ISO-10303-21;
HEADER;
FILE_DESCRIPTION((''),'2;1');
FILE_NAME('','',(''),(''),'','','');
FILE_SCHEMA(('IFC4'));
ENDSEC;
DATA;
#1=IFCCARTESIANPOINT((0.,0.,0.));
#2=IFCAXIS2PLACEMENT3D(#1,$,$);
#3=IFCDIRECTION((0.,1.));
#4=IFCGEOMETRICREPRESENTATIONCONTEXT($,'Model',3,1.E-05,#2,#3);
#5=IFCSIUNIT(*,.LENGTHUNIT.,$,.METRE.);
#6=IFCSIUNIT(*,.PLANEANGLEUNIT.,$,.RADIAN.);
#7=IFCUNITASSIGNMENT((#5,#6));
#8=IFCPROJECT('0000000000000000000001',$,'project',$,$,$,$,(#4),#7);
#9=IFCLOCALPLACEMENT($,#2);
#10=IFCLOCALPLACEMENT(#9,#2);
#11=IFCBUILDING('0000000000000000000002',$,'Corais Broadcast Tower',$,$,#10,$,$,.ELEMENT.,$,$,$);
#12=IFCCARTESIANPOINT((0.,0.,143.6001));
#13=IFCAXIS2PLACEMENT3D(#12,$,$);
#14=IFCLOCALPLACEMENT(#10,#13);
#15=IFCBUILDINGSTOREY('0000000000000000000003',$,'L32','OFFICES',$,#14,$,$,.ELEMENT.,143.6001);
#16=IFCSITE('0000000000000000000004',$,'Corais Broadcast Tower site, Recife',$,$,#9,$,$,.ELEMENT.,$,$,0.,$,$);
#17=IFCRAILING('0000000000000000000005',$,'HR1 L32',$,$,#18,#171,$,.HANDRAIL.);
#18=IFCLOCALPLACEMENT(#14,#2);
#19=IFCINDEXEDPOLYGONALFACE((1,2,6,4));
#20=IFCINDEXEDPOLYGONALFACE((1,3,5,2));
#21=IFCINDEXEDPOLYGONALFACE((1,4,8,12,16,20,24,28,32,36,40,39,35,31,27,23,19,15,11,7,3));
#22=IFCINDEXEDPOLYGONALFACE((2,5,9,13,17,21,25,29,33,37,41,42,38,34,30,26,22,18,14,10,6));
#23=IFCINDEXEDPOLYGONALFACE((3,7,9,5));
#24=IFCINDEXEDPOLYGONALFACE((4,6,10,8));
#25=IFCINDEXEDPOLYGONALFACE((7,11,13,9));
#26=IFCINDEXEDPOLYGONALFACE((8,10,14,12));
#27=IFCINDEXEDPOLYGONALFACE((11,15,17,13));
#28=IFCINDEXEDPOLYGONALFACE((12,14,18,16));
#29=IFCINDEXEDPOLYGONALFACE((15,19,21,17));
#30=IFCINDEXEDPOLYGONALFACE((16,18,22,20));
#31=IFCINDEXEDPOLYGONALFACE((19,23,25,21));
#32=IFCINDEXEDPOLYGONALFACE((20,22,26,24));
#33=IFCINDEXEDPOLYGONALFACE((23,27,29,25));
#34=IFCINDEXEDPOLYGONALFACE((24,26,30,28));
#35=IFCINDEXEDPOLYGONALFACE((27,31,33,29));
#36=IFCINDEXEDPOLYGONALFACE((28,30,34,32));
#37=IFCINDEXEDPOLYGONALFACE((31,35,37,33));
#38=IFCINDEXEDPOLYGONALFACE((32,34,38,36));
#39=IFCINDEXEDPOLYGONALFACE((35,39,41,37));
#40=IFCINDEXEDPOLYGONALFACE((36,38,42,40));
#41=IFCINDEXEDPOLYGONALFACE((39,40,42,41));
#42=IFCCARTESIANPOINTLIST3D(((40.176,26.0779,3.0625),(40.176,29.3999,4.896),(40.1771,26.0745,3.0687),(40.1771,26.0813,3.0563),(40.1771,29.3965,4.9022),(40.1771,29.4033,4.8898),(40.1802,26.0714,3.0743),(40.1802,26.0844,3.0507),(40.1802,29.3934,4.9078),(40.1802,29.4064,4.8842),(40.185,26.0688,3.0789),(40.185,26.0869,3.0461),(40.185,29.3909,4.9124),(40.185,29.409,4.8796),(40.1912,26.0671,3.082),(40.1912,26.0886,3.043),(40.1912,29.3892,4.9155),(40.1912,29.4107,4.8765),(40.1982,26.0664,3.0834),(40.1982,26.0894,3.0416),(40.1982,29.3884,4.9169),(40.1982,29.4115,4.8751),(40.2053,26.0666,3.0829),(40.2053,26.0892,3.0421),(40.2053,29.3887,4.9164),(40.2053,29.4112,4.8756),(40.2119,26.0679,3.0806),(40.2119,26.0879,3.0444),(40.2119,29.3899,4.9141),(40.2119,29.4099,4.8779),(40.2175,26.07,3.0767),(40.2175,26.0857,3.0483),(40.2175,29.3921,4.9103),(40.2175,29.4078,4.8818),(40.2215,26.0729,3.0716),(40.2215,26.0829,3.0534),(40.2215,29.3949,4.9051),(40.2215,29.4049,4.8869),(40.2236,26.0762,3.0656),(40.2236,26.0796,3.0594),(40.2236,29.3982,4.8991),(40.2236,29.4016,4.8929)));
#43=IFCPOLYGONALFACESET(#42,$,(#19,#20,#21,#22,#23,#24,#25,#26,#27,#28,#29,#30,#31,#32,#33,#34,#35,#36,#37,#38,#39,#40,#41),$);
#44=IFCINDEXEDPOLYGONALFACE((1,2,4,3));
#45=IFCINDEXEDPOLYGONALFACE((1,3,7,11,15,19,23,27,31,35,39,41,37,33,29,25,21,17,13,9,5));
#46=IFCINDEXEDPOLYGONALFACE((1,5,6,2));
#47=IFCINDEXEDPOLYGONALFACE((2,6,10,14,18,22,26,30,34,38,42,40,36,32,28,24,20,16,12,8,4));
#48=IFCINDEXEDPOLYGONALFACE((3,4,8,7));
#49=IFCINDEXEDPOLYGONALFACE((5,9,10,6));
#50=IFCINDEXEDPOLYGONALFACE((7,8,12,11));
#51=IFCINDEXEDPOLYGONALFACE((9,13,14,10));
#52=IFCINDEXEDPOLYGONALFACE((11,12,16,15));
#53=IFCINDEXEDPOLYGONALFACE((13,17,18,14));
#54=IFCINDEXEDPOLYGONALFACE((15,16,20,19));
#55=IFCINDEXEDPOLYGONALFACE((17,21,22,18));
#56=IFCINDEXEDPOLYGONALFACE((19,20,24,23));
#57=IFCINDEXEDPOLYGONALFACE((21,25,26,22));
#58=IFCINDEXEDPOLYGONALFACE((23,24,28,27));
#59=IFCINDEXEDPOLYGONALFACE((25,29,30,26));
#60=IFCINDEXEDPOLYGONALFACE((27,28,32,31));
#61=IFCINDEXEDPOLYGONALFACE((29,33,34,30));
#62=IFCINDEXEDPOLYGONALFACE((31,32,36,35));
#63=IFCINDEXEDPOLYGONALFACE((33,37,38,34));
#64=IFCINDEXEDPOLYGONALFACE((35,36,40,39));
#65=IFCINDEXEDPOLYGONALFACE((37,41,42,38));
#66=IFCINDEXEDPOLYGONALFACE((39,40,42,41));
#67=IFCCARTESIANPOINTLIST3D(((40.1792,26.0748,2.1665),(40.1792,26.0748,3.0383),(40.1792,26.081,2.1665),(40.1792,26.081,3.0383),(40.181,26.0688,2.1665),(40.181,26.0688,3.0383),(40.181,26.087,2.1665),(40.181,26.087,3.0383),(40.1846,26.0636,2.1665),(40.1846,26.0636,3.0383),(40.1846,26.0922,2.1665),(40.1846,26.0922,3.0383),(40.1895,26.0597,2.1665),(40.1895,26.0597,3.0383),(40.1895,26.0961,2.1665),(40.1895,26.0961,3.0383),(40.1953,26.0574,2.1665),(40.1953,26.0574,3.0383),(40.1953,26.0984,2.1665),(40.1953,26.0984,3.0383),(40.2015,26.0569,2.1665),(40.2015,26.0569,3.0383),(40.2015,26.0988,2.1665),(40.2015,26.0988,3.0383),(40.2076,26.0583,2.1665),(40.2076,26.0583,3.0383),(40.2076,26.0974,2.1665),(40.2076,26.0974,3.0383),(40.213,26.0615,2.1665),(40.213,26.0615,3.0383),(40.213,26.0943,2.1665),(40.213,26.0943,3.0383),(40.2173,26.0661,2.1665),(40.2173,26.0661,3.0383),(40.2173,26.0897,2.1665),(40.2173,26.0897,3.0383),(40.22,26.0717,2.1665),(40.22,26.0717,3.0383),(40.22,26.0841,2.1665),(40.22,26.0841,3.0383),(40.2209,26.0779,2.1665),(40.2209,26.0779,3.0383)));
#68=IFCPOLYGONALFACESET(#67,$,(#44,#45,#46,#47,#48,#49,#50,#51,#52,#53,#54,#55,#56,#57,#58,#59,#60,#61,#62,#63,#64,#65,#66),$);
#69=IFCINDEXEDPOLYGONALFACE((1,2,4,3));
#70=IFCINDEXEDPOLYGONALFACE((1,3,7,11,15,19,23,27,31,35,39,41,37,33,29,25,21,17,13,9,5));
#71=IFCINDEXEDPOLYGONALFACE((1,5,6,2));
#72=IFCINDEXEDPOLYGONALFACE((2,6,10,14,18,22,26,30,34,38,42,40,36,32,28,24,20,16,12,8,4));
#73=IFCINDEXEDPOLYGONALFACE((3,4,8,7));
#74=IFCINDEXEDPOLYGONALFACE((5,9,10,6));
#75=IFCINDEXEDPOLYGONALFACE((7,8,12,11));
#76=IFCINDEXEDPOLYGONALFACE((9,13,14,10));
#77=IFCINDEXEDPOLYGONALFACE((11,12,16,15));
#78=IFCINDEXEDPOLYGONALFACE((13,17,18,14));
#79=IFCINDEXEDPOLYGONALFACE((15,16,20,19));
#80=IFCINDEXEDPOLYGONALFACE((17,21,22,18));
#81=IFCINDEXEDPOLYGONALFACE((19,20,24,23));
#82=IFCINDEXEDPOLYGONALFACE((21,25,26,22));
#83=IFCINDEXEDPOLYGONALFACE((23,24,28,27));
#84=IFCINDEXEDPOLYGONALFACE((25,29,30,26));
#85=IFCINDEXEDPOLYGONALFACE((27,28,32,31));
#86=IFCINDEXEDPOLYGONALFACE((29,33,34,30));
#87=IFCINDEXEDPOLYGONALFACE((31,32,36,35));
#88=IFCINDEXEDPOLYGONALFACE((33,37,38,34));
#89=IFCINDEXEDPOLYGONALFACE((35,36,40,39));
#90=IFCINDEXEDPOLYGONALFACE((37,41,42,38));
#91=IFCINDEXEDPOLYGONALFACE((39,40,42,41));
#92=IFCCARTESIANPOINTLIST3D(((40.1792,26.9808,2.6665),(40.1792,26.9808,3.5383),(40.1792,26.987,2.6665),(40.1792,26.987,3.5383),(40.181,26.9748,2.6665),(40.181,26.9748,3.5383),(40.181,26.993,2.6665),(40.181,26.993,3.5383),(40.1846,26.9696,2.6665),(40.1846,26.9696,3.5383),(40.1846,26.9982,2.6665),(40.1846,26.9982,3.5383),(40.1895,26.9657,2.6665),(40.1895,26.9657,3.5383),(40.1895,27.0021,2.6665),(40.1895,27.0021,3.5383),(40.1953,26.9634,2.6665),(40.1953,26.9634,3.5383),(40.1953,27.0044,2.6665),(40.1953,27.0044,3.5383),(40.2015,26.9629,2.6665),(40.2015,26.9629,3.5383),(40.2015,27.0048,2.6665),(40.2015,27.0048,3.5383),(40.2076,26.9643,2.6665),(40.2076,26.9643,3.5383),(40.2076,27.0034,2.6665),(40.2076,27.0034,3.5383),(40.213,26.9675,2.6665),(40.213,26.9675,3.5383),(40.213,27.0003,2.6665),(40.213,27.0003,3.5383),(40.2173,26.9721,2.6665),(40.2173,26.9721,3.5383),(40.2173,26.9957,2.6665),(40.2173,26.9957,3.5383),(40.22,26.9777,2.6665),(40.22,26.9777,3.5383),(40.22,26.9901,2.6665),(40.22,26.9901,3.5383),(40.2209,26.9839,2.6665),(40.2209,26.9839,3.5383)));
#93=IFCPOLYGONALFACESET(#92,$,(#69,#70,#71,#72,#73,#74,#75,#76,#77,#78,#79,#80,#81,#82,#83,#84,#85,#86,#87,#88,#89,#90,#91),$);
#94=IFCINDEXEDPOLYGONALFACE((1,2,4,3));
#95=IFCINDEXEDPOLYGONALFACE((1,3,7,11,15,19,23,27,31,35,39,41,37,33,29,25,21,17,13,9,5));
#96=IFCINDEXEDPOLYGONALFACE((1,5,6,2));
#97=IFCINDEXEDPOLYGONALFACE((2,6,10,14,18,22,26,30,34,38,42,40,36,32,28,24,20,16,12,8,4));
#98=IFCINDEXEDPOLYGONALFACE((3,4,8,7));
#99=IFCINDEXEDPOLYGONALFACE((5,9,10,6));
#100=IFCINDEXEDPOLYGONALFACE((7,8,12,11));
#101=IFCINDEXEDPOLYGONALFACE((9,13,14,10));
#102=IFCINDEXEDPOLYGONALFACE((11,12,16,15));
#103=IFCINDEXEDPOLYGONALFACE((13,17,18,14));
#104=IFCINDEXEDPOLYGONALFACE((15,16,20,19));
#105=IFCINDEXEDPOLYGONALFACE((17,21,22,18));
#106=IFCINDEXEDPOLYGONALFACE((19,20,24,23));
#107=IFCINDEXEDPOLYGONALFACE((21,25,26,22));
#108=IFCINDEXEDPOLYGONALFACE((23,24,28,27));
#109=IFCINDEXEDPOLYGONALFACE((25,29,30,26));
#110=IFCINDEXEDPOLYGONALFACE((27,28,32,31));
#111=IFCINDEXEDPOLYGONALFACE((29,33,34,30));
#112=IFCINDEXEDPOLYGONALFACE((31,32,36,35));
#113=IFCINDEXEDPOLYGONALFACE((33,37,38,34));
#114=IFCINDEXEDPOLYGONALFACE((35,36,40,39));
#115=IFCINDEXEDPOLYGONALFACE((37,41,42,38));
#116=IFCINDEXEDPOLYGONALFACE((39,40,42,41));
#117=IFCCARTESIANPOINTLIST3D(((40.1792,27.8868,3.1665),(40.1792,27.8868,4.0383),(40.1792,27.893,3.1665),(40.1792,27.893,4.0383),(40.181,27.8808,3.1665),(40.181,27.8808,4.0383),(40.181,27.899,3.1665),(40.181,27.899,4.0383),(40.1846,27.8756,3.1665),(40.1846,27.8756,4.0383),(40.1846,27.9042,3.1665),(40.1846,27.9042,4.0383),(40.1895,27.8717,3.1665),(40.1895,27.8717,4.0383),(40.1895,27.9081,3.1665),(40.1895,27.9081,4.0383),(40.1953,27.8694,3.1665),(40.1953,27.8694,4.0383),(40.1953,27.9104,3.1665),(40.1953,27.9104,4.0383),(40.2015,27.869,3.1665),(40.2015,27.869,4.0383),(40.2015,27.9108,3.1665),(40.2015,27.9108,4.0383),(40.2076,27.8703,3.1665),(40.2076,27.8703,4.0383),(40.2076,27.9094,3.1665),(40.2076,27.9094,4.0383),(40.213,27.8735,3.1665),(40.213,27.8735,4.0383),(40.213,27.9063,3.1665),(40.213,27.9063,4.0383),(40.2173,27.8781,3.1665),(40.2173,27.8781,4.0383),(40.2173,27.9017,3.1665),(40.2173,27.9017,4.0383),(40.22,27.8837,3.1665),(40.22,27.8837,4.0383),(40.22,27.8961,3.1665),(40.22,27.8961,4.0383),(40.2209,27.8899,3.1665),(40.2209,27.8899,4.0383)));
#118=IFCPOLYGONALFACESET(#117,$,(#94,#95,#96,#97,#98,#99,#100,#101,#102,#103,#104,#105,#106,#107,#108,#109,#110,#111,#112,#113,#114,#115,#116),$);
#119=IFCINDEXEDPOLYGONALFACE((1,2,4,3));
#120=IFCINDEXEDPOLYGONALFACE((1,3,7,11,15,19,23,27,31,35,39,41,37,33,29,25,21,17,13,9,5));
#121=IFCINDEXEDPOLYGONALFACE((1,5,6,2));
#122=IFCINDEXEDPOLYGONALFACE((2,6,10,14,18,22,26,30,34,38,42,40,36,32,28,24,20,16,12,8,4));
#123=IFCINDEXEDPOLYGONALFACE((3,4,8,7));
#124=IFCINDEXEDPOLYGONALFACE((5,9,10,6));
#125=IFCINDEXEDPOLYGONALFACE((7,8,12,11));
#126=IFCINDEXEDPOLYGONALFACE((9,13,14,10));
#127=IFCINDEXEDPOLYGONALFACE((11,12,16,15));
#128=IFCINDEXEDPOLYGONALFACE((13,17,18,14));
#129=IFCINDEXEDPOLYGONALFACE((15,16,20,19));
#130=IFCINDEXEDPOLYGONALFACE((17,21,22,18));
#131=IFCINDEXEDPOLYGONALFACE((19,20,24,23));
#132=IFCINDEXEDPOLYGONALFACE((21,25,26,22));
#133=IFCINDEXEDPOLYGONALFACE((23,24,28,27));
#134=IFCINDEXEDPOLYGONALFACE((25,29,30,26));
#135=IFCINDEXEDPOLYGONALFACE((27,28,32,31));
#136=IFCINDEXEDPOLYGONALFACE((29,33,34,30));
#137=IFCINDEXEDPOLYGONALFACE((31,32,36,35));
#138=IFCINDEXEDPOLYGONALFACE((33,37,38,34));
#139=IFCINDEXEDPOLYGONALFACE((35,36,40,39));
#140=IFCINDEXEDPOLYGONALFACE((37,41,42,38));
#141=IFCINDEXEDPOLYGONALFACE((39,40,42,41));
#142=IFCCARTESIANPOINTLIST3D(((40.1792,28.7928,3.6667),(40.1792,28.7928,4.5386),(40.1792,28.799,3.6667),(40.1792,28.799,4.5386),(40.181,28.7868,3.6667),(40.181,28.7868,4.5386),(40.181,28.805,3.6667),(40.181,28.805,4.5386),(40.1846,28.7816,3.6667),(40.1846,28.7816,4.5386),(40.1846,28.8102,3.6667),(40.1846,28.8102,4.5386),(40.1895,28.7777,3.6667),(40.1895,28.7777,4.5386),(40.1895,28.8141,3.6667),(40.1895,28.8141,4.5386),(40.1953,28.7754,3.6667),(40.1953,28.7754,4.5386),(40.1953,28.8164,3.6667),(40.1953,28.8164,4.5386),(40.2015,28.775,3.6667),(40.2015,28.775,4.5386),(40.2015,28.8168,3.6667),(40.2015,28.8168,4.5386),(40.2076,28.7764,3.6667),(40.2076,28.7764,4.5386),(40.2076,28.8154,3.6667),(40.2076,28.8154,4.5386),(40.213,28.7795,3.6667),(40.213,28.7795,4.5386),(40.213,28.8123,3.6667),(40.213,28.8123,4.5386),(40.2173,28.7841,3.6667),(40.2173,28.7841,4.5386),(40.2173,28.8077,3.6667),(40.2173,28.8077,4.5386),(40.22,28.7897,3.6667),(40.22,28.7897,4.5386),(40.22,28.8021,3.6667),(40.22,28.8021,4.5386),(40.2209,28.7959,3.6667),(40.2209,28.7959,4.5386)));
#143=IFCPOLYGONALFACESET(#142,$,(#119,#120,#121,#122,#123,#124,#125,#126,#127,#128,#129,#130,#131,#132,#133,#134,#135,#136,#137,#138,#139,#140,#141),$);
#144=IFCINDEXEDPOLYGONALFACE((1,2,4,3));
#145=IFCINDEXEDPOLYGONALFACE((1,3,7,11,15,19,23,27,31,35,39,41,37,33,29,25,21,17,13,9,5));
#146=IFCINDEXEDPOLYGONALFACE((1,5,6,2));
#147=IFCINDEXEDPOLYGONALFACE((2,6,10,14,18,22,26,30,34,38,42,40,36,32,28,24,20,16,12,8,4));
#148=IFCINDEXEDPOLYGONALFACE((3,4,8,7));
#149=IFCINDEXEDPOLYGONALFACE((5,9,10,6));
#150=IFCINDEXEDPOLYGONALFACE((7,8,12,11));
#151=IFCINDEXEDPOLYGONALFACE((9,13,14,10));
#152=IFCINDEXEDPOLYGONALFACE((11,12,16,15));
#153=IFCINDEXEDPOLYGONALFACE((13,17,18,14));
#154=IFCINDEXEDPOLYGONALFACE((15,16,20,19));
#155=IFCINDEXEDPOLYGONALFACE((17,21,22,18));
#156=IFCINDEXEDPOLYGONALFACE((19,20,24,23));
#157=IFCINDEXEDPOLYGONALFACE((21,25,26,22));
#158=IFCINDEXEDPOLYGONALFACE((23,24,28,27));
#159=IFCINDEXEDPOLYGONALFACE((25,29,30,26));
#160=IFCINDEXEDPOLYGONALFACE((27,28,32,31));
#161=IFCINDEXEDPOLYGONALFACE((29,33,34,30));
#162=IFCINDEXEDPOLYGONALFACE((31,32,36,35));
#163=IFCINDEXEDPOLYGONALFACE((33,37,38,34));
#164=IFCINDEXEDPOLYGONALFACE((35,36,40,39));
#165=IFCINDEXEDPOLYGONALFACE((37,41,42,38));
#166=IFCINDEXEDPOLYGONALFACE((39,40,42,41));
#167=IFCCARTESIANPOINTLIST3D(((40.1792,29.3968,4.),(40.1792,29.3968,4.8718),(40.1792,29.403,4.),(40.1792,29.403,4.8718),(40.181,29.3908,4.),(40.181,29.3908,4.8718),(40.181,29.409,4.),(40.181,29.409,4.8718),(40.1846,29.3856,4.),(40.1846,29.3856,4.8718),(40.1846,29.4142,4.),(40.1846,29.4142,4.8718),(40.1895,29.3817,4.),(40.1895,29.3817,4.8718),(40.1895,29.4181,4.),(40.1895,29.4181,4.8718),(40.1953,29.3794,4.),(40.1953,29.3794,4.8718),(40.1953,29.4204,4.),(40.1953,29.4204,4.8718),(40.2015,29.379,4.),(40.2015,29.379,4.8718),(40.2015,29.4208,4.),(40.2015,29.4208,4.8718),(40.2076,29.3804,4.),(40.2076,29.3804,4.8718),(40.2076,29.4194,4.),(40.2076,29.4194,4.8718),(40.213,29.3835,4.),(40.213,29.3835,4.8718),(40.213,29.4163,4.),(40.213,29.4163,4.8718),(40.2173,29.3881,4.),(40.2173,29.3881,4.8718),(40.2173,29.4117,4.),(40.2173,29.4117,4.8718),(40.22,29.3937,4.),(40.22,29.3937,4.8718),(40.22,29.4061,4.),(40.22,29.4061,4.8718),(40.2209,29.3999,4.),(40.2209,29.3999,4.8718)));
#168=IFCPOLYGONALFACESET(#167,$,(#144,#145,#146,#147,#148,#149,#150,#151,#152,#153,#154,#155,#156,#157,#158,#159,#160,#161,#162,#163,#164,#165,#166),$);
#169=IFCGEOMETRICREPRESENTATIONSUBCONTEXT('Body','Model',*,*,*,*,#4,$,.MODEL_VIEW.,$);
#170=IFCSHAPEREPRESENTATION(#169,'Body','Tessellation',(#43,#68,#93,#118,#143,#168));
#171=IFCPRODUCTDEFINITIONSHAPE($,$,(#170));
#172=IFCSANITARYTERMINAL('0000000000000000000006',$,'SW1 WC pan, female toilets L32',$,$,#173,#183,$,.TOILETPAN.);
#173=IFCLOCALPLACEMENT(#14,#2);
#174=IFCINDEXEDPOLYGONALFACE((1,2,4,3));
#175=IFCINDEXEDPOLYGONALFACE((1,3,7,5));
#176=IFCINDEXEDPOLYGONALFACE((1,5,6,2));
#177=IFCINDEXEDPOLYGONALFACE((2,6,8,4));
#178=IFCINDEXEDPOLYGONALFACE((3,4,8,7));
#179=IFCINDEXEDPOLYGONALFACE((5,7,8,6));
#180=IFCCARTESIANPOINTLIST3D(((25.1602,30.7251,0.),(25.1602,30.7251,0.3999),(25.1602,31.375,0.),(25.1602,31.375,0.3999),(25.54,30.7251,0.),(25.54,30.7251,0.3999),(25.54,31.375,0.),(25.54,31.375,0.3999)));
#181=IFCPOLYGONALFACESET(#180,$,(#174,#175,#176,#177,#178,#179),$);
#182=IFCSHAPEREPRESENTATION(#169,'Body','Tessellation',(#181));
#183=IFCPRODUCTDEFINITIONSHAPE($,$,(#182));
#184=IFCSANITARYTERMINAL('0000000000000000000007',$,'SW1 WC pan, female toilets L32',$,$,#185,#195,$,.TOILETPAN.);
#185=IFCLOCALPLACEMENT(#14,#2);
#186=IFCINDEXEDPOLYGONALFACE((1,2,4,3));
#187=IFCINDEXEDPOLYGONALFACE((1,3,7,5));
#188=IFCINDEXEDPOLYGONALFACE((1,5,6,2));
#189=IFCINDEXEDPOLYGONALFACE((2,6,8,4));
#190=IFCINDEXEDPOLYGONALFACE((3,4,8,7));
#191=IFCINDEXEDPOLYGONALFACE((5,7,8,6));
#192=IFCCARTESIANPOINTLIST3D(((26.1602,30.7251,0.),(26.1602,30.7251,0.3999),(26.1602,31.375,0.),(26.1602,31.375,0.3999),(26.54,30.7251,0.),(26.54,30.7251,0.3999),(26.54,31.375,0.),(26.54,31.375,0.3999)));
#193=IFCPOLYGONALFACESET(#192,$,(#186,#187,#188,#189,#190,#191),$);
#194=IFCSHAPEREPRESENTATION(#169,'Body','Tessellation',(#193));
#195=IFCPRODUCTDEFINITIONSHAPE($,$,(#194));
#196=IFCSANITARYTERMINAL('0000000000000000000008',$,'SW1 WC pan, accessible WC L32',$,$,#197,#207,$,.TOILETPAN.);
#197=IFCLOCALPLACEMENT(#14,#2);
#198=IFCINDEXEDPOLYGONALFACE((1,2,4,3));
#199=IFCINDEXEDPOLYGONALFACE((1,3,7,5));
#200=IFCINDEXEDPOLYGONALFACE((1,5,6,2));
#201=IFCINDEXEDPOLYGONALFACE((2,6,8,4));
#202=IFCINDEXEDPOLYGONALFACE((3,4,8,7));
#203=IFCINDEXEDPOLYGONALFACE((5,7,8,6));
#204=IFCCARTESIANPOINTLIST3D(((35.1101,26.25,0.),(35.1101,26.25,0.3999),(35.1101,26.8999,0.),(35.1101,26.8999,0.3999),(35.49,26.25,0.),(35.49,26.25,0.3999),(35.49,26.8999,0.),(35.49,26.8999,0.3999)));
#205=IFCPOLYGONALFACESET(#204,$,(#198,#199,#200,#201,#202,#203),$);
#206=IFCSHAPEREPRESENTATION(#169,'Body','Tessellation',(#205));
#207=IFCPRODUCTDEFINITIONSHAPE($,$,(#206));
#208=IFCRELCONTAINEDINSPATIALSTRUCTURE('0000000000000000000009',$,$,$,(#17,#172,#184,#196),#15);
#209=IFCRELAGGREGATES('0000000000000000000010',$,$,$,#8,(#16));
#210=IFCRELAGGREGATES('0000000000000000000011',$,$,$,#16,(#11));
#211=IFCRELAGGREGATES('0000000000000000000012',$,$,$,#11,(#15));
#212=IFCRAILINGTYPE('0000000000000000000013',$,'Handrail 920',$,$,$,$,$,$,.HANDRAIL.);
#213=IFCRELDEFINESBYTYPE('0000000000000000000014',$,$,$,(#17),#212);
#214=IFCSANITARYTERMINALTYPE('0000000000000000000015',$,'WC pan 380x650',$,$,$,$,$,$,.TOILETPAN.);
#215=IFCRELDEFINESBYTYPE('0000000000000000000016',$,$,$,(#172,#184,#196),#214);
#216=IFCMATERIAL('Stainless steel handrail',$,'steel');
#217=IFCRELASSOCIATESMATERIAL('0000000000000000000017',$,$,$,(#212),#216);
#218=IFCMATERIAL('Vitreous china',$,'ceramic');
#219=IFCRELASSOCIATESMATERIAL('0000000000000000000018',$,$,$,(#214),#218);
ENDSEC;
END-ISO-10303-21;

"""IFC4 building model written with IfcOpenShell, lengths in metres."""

from ifc_helpers import new_model, si_unit, direction, frame, origin, origin_2d, place, context, subcontext, project, spatial, rectangle, circle, extrude, material, type_object, element, save


model = new_model("IFC4")

# Units and contexts
model_context = context("Model", 3, precision=1e-05, world=origin(), true_north=direction((0.0, 1.0)))
body_context = subcontext(model_context, "Body", "Model", "MODEL_VIEW")
ifc_project = project(units=[si_unit("LENGTHUNIT", "METRE"), si_unit("PLANEANGLEUNIT", "RADIAN")], contexts=[model_context])

# Site, building, storey
site_placement = place(None, origin())
site = spatial("IfcSite", under=ifc_project, at=site_placement, Name="Corais Broadcast Tower site, Recife", CompositionType="ELEMENT", RefElevation=0.0)
building_placement = place(site_placement, origin())
building = spatial("IfcBuilding", under=site, at=building_placement, Name="Corais Broadcast Tower", CompositionType="ELEMENT")
storey_placement = place(building_placement, frame((0.0, 0.0, 143.6001)))
storey = spatial("IfcBuildingStorey", under=building, at=storey_placement, Name="L32", Description="OFFICES", CompositionType="ELEMENT", Elevation=143.6001)

# Railing
ifc_material_1 = material(Name="Stainless steel handrail", Category="steel")
railing_type = type_object("IfcRailingType", Name="Handrail 920", PredefinedType="HANDRAIL", material=ifc_material_1)
railing_placement = place(storey_placement, frame((40.2, 26.0779, 2.1665)))
element("IfcRailing", 1, at=railing_placement, inside=storey, type_object=railing_type, Name="HR1 L32", PredefinedType="HANDRAIL", context=body_context, shape_type="SweptSolid", body=[
    extrude(circle(Radius=0.0239, at=origin_2d()), frame((0.0, 0.0, 0.896), z_axis=(0.0, 0.875504, 0.48321), x_axis=(-1.0, 0.0, 0.0)), (0.0, 0.0, 1.0), 3.7944),
    extrude(circle(Radius=0.021, at=origin_2d()), origin(), (0.0, 0.0, 1.0), 0.8718),
    extrude(circle(Radius=0.021, at=origin_2d()), frame((0.0, 0.906, 0.5)), (0.0, 0.0, 1.0), 0.8718),
    extrude(circle(Radius=0.021, at=origin_2d()), frame((0.0, 1.812, 1.0)), (0.0, 0.0, 1.0), 0.8718),
    extrude(circle(Radius=0.021, at=origin_2d()), frame((0.0, 2.718, 1.5002)), (0.0, 0.0, 1.0), 0.8718),
    extrude(circle(Radius=0.021, at=origin_2d()), frame((0.0, 3.322, 1.8335)), (0.0, 0.0, 1.0), 0.8718),
])

# Sanitary terminals
ifc_material_2 = material(Name="Vitreous china", Category="ceramic")
sanitary_terminal_type_1 = type_object("IfcSanitaryTerminalType", Name="WC pan 380x650", PredefinedType="TOILETPAN", material=ifc_material_2)
for number, where, z_axis, x_axis, name in (
    (2, (25.3501, 31.05, 0.0), (0.0, 0.0, 1.0), (1.0, 0.0, 0.0), "SW1 WC pan, female toilets L32"),
    (3, (26.3501, 31.05, 0.0), (0.0, 0.0, 1.0), (1.0, 0.0, 0.0), "SW1 WC pan, female toilets L32"),
    (4, (35.3, 26.575, 0.0), (0.0, 0.0, 1.0), (1.0, 0.0, 0.0), "SW1 WC pan, accessible WC L32"),
):
    element("IfcSanitaryTerminal", number, at=place(storey_placement, frame(where, z_axis=z_axis, x_axis=x_axis)), inside=storey, type_object=sanitary_terminal_type_1, Name=name, PredefinedType="TOILETPAN", context=body_context, shape_type="SweptSolid", body=[
        extrude(rectangle(XDim=0.3799, YDim=0.6499, at=origin_2d()), origin(), (0.0, 0.0, 1.0), 0.3999),
    ])

save(model, "model.ifc")
